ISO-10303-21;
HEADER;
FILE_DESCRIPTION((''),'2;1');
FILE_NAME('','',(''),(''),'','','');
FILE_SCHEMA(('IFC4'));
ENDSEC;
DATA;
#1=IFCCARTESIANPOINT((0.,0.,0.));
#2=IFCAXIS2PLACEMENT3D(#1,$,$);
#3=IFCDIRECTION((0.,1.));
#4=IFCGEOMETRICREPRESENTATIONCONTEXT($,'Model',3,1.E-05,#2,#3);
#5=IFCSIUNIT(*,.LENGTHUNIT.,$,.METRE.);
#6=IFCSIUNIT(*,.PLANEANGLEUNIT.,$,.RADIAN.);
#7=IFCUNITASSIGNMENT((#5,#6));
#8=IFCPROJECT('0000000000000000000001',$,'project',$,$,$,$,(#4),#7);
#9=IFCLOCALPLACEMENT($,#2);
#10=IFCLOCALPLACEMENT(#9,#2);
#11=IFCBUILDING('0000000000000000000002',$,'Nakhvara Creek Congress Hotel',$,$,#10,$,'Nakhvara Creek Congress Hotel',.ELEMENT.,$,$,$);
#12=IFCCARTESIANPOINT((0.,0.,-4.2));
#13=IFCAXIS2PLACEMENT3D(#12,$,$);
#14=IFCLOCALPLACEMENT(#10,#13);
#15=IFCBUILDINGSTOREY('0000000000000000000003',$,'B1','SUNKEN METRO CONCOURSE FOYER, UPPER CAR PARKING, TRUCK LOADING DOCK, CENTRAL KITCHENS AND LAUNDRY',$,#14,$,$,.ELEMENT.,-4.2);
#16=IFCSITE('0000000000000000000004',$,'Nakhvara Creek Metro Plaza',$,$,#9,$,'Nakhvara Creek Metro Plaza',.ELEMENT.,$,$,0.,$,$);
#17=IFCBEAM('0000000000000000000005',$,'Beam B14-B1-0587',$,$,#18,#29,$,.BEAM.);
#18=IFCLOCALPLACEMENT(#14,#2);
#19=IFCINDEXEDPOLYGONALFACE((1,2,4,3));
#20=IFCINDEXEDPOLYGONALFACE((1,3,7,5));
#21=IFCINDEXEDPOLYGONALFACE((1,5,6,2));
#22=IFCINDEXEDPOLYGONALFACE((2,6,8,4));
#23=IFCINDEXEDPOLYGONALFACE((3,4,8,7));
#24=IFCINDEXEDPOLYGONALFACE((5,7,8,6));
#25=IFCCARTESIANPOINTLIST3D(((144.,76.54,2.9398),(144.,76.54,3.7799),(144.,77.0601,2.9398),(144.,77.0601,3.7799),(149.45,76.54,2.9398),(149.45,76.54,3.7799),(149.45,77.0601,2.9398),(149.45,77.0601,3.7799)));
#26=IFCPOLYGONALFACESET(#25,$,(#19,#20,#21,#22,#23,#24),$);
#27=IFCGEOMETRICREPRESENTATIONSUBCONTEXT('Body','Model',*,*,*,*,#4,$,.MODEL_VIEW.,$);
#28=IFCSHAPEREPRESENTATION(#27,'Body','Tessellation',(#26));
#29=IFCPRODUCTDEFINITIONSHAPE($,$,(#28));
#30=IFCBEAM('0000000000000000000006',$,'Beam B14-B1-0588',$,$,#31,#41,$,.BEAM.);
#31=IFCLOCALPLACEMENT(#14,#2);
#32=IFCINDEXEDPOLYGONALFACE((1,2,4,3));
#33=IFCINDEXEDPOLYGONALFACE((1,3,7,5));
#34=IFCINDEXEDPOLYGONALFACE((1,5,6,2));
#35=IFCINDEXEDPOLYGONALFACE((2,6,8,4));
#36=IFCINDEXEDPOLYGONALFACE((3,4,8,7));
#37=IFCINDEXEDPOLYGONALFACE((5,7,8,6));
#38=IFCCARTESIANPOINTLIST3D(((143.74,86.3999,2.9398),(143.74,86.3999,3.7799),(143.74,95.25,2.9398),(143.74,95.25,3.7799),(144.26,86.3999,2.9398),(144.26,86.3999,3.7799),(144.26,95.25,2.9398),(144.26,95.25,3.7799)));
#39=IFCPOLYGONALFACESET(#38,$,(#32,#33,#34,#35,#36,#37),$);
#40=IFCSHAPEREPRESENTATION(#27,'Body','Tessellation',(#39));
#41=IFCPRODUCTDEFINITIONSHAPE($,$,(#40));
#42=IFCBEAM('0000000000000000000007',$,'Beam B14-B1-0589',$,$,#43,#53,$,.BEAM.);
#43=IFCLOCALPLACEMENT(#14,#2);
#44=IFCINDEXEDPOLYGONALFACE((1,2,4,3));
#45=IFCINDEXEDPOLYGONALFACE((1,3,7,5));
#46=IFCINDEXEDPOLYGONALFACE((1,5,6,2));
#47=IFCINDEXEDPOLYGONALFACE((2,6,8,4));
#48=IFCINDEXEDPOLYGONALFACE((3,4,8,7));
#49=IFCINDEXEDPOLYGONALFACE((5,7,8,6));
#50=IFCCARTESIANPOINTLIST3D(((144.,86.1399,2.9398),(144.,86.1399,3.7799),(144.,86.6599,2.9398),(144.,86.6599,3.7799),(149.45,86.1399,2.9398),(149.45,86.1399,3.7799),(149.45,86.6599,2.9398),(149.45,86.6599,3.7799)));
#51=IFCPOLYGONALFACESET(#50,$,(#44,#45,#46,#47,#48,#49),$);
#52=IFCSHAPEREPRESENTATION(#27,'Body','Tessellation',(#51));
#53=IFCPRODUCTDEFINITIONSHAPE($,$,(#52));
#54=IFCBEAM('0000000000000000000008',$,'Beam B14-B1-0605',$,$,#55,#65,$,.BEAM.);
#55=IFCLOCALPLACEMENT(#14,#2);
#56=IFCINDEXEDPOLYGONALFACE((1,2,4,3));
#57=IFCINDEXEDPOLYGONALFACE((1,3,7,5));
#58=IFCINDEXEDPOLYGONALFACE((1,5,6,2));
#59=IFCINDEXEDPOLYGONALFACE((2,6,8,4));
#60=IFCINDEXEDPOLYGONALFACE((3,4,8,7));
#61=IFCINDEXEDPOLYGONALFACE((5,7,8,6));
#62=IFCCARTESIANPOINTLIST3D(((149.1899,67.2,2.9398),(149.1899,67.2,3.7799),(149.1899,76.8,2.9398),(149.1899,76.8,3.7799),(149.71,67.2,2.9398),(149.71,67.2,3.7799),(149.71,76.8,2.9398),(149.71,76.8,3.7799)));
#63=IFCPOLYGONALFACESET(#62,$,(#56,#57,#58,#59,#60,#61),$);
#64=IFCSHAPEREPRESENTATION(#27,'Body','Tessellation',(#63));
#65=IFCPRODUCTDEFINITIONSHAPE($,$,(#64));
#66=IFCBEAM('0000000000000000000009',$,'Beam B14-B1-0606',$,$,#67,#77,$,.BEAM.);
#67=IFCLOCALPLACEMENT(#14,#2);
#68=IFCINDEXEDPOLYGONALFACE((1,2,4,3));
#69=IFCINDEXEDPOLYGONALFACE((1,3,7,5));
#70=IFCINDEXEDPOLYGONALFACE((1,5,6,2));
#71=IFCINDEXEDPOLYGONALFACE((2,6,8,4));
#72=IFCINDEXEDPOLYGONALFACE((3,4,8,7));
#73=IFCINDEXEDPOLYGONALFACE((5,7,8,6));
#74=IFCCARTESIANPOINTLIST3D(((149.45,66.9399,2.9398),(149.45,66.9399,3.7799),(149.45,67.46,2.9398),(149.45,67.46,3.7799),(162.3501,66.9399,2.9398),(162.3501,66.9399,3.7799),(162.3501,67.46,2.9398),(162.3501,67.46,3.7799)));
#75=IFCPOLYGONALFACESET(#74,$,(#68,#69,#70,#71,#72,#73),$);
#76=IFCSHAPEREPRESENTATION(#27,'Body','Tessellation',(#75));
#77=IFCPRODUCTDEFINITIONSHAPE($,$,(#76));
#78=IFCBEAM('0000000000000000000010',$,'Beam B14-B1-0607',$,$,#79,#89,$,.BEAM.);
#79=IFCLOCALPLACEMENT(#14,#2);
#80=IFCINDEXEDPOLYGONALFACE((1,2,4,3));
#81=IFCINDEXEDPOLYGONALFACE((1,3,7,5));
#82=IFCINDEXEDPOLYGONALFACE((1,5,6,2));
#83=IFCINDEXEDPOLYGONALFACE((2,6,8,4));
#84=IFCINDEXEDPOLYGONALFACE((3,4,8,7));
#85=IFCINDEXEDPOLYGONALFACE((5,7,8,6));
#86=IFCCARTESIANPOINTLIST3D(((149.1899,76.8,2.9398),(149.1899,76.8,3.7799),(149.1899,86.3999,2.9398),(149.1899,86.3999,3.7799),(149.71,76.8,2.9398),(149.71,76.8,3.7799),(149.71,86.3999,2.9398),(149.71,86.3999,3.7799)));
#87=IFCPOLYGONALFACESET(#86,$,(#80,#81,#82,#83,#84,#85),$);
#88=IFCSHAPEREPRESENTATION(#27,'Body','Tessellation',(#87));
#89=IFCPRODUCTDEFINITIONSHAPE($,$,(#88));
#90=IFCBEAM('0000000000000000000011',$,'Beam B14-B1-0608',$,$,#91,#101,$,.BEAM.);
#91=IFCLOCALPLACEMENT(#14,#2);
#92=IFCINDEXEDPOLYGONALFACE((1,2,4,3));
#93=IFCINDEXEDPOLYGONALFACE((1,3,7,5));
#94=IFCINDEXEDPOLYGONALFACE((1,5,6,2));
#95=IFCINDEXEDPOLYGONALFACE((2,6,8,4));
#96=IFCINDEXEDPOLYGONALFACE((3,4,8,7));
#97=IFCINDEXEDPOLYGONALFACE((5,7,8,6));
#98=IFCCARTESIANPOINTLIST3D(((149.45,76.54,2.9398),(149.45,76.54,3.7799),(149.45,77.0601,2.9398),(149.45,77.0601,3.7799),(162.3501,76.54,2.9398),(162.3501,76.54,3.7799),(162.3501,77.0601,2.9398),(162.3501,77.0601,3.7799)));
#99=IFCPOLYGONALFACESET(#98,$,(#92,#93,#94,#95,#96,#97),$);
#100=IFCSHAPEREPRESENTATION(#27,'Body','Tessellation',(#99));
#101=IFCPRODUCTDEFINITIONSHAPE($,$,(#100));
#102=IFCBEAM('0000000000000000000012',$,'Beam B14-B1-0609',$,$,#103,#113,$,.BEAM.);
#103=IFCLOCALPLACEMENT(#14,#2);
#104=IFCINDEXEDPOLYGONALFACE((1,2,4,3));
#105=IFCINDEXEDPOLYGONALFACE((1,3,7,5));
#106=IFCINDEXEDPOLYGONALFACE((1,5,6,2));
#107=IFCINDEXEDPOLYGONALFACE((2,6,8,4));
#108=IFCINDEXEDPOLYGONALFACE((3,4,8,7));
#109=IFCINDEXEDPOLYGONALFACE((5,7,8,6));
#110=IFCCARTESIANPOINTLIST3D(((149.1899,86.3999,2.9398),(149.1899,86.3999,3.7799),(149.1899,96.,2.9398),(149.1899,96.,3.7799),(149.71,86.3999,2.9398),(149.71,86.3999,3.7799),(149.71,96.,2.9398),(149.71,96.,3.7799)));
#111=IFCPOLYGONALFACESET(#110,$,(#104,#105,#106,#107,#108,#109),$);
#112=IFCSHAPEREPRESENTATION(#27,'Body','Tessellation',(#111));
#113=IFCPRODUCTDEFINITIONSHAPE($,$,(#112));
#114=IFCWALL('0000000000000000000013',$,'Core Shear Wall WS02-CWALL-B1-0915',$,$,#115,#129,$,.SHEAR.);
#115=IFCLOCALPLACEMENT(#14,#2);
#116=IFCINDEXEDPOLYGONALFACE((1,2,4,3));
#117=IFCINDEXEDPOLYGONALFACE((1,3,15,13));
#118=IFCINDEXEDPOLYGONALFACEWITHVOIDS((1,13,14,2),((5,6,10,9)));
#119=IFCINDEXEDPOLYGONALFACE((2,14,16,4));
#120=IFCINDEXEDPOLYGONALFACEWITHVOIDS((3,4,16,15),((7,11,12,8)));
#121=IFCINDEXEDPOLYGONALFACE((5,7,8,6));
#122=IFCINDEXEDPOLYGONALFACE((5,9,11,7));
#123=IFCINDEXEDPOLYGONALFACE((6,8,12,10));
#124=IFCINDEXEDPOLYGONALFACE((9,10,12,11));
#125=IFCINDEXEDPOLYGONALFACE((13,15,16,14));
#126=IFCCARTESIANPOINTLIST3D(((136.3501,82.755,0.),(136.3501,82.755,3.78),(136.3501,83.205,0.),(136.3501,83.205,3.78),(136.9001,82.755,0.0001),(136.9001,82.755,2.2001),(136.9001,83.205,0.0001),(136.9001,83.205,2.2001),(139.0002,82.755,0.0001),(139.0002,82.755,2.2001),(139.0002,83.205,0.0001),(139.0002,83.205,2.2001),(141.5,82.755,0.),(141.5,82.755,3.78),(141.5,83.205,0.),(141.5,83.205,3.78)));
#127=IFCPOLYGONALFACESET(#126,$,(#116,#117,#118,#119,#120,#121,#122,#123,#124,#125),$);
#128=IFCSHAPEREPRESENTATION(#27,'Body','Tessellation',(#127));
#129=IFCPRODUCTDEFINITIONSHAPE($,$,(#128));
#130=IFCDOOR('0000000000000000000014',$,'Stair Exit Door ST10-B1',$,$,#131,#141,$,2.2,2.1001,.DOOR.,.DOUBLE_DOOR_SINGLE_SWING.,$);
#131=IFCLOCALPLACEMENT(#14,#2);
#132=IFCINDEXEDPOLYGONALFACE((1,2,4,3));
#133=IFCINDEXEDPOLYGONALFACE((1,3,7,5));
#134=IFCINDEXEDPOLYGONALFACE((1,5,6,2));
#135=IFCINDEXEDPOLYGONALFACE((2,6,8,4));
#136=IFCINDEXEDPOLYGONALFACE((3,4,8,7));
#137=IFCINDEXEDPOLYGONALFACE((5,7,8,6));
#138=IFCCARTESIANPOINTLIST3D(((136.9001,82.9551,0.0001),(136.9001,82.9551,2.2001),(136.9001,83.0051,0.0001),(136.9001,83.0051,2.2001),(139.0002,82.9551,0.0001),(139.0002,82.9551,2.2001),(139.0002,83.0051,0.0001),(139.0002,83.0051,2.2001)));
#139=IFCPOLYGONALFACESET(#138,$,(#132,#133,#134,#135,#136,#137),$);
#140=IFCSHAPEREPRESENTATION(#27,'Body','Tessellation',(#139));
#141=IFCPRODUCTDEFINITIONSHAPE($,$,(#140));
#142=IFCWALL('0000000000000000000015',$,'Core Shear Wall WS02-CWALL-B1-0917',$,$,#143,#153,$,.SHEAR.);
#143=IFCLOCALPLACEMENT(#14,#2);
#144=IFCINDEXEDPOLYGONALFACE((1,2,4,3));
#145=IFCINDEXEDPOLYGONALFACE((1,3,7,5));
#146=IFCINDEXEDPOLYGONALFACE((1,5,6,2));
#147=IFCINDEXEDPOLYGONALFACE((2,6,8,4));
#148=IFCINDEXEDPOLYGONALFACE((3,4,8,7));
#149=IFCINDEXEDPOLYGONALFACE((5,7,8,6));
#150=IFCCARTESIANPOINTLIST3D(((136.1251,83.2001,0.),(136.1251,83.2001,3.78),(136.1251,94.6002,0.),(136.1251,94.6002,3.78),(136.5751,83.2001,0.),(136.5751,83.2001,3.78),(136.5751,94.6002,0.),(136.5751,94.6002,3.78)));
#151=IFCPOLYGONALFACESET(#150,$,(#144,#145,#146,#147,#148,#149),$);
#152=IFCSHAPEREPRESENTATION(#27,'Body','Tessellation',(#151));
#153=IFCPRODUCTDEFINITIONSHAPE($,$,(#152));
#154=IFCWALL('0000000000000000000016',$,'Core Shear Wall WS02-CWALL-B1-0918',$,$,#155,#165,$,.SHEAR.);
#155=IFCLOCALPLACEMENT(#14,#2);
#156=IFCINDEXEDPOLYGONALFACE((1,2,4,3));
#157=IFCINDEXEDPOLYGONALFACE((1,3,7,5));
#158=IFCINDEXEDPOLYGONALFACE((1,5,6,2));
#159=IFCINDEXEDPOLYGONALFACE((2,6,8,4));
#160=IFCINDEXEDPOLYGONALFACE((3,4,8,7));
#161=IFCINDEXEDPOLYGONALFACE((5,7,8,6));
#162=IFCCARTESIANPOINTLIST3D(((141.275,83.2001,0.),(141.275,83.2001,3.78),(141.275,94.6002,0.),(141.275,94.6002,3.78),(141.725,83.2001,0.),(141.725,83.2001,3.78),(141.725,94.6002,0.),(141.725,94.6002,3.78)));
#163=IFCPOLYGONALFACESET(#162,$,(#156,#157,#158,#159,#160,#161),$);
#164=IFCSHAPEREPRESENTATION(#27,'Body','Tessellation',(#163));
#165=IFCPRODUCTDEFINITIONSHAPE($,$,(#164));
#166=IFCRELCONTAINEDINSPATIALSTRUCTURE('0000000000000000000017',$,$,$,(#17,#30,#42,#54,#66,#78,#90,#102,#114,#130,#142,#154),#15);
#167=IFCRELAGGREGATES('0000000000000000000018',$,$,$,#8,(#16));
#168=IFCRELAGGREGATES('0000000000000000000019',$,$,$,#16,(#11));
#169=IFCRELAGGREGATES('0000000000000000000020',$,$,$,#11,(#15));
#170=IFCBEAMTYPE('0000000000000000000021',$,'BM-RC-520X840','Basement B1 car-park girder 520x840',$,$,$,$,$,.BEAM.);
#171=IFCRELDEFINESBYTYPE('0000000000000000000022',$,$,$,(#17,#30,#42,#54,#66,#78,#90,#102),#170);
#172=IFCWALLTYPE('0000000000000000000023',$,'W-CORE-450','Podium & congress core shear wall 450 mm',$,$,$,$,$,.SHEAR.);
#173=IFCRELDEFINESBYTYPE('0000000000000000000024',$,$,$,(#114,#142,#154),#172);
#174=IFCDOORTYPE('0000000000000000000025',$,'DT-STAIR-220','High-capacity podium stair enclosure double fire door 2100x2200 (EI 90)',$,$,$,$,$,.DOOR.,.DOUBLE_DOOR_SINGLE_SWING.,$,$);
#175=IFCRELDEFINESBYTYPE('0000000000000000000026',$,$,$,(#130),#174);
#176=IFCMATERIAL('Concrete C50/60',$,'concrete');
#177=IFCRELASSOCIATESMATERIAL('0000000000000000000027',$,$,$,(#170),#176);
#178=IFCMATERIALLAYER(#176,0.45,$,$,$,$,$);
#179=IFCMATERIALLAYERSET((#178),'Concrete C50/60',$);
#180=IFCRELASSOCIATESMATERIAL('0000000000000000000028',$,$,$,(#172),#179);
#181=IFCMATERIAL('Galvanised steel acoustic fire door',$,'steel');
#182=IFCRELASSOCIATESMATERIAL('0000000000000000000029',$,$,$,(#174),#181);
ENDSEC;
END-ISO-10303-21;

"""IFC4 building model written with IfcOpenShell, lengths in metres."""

from ifc_helpers import new_model, si_unit, direction, frame, frame_2d, origin, origin_2d, place, context, subcontext, project, spatial, rectangle, extrude, material, layer, layer_set, material_profile, profile_set, type_object, element, fill, save


model = new_model("IFC4")

# Units and contexts
model_context = context("Model", 3, precision=1e-05, world=origin(), true_north=direction((0.0, 1.0)))
body_context = subcontext(model_context, "Body", "Model", "MODEL_VIEW")
ifc_project = project(units=[si_unit("LENGTHUNIT", "METRE"), si_unit("PLANEANGLEUNIT", "RADIAN")], contexts=[model_context])

# Site, building, storey
site_placement = place(None, origin())
site = spatial("IfcSite", under=ifc_project, at=site_placement, Name="Nakhvara Creek Metro Plaza", LongName="Nakhvara Creek Metro Plaza", CompositionType="ELEMENT", RefElevation=0.0)
building_placement = place(site_placement, origin())
building = spatial("IfcBuilding", under=site, at=building_placement, Name="Nakhvara Creek Congress Hotel", LongName="Nakhvara Creek Congress Hotel", CompositionType="ELEMENT")
storey_placement = place(building_placement, frame((0.0, 0.0, -4.2)))
storey = spatial("IfcBuildingStorey", under=building, at=storey_placement, Name="B1", Description="SUNKEN METRO CONCOURSE FOYER, UPPER CAR PARKING, TRUCK LOADING DOCK, CENTRAL KITCHENS AND LAUNDRY", CompositionType="ELEMENT", Elevation=-4.2)

# Shared definitions
ifc_material_1 = material(Name="Concrete C50/60", Category="concrete")

# Beams
ifc_material_profile_1 = material_profile(ifc_material_1, rectangle(XDim=0.52, YDim=0.8401, at=origin_2d()), Name="RC-BM 520x840", Category="LoadBearing")
ifc_profile_set_1 = profile_set([ifc_material_profile_1], Name="Concrete C50/60")
beam_type = type_object("IfcBeamType", Name="BM-RC-520X840", Description="Basement B1 car-park girder 520x840", PredefinedType="BEAM", material=ifc_profile_set_1)
beam_1_placement = place(storey_placement, frame((144.0, 76.8, 3.3599), z_axis=(1.0, 0.0, 0.0), x_axis=(0.0, 1.0, 0.0)))
element("IfcBeam", 1, at=beam_1_placement, inside=storey, type_object=beam_type, Name="Beam B14-B1-0587", PredefinedType="BEAM", context=body_context, shape_type="SweptSolid", body=[
    extrude(rectangle(XDim=0.52, YDim=0.8401, at=origin_2d()), origin(), (0.0, 0.0, 1.0), 5.45),
])
beam_2_placement = place(storey_placement, frame((144.0, 86.3999, 3.3599), z_axis=(0.0, 1.0, 0.0), x_axis=(-1.0, 0.0, 0.0)))
element("IfcBeam", 2, at=beam_2_placement, inside=storey, type_object=beam_type, Name="Beam B14-B1-0588", PredefinedType="BEAM", context=body_context, shape_type="SweptSolid", body=[
    extrude(rectangle(XDim=0.52, YDim=0.8401, at=origin_2d()), origin(), (0.0, 0.0, 1.0), 8.8501),
])
beam_3_placement = place(storey_placement, frame((144.0, 86.3999, 3.3599), z_axis=(1.0, 0.0, 0.0), x_axis=(0.0, 1.0, 0.0)))
element("IfcBeam", 3, at=beam_3_placement, inside=storey, type_object=beam_type, Name="Beam B14-B1-0589", PredefinedType="BEAM", context=body_context, shape_type="SweptSolid", body=[
    extrude(rectangle(XDim=0.52, YDim=0.8401, at=origin_2d()), origin(), (0.0, 0.0, 1.0), 5.45),
])
beam_4_placement = place(storey_placement, frame((149.45, 67.2, 3.3599), z_axis=(0.0, 1.0, 0.0), x_axis=(-1.0, 0.0, 0.0)))
element("IfcBeam", 4, at=beam_4_placement, inside=storey, type_object=beam_type, Name="Beam B14-B1-0605", PredefinedType="BEAM", context=body_context, shape_type="SweptSolid", body=[
    extrude(rectangle(XDim=0.52, YDim=0.8401, at=origin_2d()), origin(), (0.0, 0.0, 1.0), 9.6001),
])
beam_5_placement = place(storey_placement, frame((149.45, 67.2, 3.3599), z_axis=(1.0, 0.0, 0.0), x_axis=(0.0, 1.0, 0.0)))
element("IfcBeam", 5, at=beam_5_placement, inside=storey, type_object=beam_type, Name="Beam B14-B1-0606", PredefinedType="BEAM", context=body_context, shape_type="SweptSolid", body=[
    extrude(rectangle(XDim=0.52, YDim=0.8401, at=origin_2d()), origin(), (0.0, 0.0, 1.0), 12.9001),
])
beam_6_placement = place(storey_placement, frame((149.45, 76.8, 3.3599), z_axis=(0.0, 1.0, 0.0), x_axis=(-1.0, 0.0, 0.0)))
element("IfcBeam", 6, at=beam_6_placement, inside=storey, type_object=beam_type, Name="Beam B14-B1-0607", PredefinedType="BEAM", context=body_context, shape_type="SweptSolid", body=[
    extrude(rectangle(XDim=0.52, YDim=0.8401, at=origin_2d()), origin(), (0.0, 0.0, 1.0), 9.5999),
])
beam_7_placement = place(storey_placement, frame((149.45, 76.8, 3.3599), z_axis=(1.0, 0.0, 0.0), x_axis=(0.0, 1.0, 0.0)))
element("IfcBeam", 7, at=beam_7_placement, inside=storey, type_object=beam_type, Name="Beam B14-B1-0608", PredefinedType="BEAM", context=body_context, shape_type="SweptSolid", body=[
    extrude(rectangle(XDim=0.52, YDim=0.8401, at=origin_2d()), origin(), (0.0, 0.0, 1.0), 12.9001),
])
beam_8_placement = place(storey_placement, frame((149.45, 86.3999, 3.3599), z_axis=(0.0, 1.0, 0.0), x_axis=(-1.0, 0.0, 0.0)))
element("IfcBeam", 8, at=beam_8_placement, inside=storey, type_object=beam_type, Name="Beam B14-B1-0609", PredefinedType="BEAM", context=body_context, shape_type="SweptSolid", body=[
    extrude(rectangle(XDim=0.52, YDim=0.8401, at=origin_2d()), origin(), (0.0, 0.0, 1.0), 9.6001),
])

# Wall, opening, door
ifc_layer_1 = layer(ifc_material_1, 0.45)
ifc_layer_set_1 = layer_set([ifc_layer_1], Name="Concrete C50/60")
wall_type = type_object("IfcWallType", Name="W-CORE-450", Description="Podium & congress core shear wall 450 mm", PredefinedType="SHEAR", material=ifc_layer_set_1)
wall_placement = place(storey_placement, frame((136.3501, 82.98, 0.0), z_axis=(0.0, 0.0, 1.0), x_axis=(1.0, 0.0, 0.0)))
wall = element("IfcWall", 9, at=wall_placement, inside=storey, type_object=wall_type, Name="Core Shear Wall WS02-CWALL-B1-0915", PredefinedType="SHEAR", context=body_context, shape_type="SweptSolid", body=[
    extrude(rectangle(XDim=5.1499, YDim=0.45, at=frame_2d((2.575, 0.0))), origin(), (0.0, 0.0, 1.0), 3.78),
])
opening_placement = place(wall_placement, frame((0.55, 0.0, 0.0)))
opening = element("IfcOpeningElement", 10, at=opening_placement, cuts=wall, PredefinedType="OPENING", context=body_context, shape_type="SweptSolid", body=[
    extrude(rectangle(XDim=2.1001, YDim=2.2, at=frame_2d((1.05, 1.1001))), frame((0.0, 0.2368, 0.0), z_axis=(0.0, -1.0, 0.0), x_axis=(1.0, 0.0, 0.0)), (0.0, 0.0, 1.0), 0.4739),
])
ifc_material_2 = material(Name="Galvanised steel acoustic fire door", Category="steel")
door_type = type_object("IfcDoorType", Name="DT-STAIR-220", Description="High-capacity podium stair enclosure double fire door 2100x2200 (EI 90)", OperationType="DOUBLE_DOOR_SINGLE_SWING", PredefinedType="DOOR", material=ifc_material_2)
door_placement = place(opening_placement, frame((2.1001, 0.0, 0.0), z_axis=(0.0, 0.0, 1.0), x_axis=(-1.0, 0.0, 0.0)))
door = element("IfcDoor", 11, at=door_placement, inside=storey, type_object=door_type, Name="Stair Exit Door ST10-B1", OperationType="DOUBLE_DOOR_SINGLE_SWING", OverallHeight=2.2, OverallWidth=2.1001, PredefinedType="DOOR", context=body_context, shape_type="SweptSolid", body=[
    extrude(rectangle(XDim=2.1001, YDim=2.2, at=frame_2d((1.05, 1.1001))), frame((0.0, 0.0249, 0.0), z_axis=(0.0, -1.0, 0.0), x_axis=(1.0, 0.0, 0.0)), (0.0, 0.0, 1.0), 0.05),
])
fill(opening, door)

# Walls
for number, where, z_axis, x_axis, name in (
    (12, (136.3501, 83.2, 0.0), (0.0, 0.0, 1.0), (0.0, 1.0, 0.0), "Core Shear Wall WS02-CWALL-B1-0917"),
    (13, (141.5, 83.2, 0.0), (0.0, 0.0, 1.0), (0.0, 1.0, 0.0), "Core Shear Wall WS02-CWALL-B1-0918"),
):
    element("IfcWall", number, at=place(storey_placement, frame(where, z_axis=z_axis, x_axis=x_axis)), inside=storey, type_object=wall_type, Name=name, PredefinedType="SHEAR", context=body_context, shape_type="SweptSolid", body=[
        extrude(rectangle(XDim=11.4001, YDim=0.45, at=frame_2d((5.7002, 0.0))), origin(), (0.0, 0.0, 1.0), 3.78),
    ])

save(model, "model.ifc")
